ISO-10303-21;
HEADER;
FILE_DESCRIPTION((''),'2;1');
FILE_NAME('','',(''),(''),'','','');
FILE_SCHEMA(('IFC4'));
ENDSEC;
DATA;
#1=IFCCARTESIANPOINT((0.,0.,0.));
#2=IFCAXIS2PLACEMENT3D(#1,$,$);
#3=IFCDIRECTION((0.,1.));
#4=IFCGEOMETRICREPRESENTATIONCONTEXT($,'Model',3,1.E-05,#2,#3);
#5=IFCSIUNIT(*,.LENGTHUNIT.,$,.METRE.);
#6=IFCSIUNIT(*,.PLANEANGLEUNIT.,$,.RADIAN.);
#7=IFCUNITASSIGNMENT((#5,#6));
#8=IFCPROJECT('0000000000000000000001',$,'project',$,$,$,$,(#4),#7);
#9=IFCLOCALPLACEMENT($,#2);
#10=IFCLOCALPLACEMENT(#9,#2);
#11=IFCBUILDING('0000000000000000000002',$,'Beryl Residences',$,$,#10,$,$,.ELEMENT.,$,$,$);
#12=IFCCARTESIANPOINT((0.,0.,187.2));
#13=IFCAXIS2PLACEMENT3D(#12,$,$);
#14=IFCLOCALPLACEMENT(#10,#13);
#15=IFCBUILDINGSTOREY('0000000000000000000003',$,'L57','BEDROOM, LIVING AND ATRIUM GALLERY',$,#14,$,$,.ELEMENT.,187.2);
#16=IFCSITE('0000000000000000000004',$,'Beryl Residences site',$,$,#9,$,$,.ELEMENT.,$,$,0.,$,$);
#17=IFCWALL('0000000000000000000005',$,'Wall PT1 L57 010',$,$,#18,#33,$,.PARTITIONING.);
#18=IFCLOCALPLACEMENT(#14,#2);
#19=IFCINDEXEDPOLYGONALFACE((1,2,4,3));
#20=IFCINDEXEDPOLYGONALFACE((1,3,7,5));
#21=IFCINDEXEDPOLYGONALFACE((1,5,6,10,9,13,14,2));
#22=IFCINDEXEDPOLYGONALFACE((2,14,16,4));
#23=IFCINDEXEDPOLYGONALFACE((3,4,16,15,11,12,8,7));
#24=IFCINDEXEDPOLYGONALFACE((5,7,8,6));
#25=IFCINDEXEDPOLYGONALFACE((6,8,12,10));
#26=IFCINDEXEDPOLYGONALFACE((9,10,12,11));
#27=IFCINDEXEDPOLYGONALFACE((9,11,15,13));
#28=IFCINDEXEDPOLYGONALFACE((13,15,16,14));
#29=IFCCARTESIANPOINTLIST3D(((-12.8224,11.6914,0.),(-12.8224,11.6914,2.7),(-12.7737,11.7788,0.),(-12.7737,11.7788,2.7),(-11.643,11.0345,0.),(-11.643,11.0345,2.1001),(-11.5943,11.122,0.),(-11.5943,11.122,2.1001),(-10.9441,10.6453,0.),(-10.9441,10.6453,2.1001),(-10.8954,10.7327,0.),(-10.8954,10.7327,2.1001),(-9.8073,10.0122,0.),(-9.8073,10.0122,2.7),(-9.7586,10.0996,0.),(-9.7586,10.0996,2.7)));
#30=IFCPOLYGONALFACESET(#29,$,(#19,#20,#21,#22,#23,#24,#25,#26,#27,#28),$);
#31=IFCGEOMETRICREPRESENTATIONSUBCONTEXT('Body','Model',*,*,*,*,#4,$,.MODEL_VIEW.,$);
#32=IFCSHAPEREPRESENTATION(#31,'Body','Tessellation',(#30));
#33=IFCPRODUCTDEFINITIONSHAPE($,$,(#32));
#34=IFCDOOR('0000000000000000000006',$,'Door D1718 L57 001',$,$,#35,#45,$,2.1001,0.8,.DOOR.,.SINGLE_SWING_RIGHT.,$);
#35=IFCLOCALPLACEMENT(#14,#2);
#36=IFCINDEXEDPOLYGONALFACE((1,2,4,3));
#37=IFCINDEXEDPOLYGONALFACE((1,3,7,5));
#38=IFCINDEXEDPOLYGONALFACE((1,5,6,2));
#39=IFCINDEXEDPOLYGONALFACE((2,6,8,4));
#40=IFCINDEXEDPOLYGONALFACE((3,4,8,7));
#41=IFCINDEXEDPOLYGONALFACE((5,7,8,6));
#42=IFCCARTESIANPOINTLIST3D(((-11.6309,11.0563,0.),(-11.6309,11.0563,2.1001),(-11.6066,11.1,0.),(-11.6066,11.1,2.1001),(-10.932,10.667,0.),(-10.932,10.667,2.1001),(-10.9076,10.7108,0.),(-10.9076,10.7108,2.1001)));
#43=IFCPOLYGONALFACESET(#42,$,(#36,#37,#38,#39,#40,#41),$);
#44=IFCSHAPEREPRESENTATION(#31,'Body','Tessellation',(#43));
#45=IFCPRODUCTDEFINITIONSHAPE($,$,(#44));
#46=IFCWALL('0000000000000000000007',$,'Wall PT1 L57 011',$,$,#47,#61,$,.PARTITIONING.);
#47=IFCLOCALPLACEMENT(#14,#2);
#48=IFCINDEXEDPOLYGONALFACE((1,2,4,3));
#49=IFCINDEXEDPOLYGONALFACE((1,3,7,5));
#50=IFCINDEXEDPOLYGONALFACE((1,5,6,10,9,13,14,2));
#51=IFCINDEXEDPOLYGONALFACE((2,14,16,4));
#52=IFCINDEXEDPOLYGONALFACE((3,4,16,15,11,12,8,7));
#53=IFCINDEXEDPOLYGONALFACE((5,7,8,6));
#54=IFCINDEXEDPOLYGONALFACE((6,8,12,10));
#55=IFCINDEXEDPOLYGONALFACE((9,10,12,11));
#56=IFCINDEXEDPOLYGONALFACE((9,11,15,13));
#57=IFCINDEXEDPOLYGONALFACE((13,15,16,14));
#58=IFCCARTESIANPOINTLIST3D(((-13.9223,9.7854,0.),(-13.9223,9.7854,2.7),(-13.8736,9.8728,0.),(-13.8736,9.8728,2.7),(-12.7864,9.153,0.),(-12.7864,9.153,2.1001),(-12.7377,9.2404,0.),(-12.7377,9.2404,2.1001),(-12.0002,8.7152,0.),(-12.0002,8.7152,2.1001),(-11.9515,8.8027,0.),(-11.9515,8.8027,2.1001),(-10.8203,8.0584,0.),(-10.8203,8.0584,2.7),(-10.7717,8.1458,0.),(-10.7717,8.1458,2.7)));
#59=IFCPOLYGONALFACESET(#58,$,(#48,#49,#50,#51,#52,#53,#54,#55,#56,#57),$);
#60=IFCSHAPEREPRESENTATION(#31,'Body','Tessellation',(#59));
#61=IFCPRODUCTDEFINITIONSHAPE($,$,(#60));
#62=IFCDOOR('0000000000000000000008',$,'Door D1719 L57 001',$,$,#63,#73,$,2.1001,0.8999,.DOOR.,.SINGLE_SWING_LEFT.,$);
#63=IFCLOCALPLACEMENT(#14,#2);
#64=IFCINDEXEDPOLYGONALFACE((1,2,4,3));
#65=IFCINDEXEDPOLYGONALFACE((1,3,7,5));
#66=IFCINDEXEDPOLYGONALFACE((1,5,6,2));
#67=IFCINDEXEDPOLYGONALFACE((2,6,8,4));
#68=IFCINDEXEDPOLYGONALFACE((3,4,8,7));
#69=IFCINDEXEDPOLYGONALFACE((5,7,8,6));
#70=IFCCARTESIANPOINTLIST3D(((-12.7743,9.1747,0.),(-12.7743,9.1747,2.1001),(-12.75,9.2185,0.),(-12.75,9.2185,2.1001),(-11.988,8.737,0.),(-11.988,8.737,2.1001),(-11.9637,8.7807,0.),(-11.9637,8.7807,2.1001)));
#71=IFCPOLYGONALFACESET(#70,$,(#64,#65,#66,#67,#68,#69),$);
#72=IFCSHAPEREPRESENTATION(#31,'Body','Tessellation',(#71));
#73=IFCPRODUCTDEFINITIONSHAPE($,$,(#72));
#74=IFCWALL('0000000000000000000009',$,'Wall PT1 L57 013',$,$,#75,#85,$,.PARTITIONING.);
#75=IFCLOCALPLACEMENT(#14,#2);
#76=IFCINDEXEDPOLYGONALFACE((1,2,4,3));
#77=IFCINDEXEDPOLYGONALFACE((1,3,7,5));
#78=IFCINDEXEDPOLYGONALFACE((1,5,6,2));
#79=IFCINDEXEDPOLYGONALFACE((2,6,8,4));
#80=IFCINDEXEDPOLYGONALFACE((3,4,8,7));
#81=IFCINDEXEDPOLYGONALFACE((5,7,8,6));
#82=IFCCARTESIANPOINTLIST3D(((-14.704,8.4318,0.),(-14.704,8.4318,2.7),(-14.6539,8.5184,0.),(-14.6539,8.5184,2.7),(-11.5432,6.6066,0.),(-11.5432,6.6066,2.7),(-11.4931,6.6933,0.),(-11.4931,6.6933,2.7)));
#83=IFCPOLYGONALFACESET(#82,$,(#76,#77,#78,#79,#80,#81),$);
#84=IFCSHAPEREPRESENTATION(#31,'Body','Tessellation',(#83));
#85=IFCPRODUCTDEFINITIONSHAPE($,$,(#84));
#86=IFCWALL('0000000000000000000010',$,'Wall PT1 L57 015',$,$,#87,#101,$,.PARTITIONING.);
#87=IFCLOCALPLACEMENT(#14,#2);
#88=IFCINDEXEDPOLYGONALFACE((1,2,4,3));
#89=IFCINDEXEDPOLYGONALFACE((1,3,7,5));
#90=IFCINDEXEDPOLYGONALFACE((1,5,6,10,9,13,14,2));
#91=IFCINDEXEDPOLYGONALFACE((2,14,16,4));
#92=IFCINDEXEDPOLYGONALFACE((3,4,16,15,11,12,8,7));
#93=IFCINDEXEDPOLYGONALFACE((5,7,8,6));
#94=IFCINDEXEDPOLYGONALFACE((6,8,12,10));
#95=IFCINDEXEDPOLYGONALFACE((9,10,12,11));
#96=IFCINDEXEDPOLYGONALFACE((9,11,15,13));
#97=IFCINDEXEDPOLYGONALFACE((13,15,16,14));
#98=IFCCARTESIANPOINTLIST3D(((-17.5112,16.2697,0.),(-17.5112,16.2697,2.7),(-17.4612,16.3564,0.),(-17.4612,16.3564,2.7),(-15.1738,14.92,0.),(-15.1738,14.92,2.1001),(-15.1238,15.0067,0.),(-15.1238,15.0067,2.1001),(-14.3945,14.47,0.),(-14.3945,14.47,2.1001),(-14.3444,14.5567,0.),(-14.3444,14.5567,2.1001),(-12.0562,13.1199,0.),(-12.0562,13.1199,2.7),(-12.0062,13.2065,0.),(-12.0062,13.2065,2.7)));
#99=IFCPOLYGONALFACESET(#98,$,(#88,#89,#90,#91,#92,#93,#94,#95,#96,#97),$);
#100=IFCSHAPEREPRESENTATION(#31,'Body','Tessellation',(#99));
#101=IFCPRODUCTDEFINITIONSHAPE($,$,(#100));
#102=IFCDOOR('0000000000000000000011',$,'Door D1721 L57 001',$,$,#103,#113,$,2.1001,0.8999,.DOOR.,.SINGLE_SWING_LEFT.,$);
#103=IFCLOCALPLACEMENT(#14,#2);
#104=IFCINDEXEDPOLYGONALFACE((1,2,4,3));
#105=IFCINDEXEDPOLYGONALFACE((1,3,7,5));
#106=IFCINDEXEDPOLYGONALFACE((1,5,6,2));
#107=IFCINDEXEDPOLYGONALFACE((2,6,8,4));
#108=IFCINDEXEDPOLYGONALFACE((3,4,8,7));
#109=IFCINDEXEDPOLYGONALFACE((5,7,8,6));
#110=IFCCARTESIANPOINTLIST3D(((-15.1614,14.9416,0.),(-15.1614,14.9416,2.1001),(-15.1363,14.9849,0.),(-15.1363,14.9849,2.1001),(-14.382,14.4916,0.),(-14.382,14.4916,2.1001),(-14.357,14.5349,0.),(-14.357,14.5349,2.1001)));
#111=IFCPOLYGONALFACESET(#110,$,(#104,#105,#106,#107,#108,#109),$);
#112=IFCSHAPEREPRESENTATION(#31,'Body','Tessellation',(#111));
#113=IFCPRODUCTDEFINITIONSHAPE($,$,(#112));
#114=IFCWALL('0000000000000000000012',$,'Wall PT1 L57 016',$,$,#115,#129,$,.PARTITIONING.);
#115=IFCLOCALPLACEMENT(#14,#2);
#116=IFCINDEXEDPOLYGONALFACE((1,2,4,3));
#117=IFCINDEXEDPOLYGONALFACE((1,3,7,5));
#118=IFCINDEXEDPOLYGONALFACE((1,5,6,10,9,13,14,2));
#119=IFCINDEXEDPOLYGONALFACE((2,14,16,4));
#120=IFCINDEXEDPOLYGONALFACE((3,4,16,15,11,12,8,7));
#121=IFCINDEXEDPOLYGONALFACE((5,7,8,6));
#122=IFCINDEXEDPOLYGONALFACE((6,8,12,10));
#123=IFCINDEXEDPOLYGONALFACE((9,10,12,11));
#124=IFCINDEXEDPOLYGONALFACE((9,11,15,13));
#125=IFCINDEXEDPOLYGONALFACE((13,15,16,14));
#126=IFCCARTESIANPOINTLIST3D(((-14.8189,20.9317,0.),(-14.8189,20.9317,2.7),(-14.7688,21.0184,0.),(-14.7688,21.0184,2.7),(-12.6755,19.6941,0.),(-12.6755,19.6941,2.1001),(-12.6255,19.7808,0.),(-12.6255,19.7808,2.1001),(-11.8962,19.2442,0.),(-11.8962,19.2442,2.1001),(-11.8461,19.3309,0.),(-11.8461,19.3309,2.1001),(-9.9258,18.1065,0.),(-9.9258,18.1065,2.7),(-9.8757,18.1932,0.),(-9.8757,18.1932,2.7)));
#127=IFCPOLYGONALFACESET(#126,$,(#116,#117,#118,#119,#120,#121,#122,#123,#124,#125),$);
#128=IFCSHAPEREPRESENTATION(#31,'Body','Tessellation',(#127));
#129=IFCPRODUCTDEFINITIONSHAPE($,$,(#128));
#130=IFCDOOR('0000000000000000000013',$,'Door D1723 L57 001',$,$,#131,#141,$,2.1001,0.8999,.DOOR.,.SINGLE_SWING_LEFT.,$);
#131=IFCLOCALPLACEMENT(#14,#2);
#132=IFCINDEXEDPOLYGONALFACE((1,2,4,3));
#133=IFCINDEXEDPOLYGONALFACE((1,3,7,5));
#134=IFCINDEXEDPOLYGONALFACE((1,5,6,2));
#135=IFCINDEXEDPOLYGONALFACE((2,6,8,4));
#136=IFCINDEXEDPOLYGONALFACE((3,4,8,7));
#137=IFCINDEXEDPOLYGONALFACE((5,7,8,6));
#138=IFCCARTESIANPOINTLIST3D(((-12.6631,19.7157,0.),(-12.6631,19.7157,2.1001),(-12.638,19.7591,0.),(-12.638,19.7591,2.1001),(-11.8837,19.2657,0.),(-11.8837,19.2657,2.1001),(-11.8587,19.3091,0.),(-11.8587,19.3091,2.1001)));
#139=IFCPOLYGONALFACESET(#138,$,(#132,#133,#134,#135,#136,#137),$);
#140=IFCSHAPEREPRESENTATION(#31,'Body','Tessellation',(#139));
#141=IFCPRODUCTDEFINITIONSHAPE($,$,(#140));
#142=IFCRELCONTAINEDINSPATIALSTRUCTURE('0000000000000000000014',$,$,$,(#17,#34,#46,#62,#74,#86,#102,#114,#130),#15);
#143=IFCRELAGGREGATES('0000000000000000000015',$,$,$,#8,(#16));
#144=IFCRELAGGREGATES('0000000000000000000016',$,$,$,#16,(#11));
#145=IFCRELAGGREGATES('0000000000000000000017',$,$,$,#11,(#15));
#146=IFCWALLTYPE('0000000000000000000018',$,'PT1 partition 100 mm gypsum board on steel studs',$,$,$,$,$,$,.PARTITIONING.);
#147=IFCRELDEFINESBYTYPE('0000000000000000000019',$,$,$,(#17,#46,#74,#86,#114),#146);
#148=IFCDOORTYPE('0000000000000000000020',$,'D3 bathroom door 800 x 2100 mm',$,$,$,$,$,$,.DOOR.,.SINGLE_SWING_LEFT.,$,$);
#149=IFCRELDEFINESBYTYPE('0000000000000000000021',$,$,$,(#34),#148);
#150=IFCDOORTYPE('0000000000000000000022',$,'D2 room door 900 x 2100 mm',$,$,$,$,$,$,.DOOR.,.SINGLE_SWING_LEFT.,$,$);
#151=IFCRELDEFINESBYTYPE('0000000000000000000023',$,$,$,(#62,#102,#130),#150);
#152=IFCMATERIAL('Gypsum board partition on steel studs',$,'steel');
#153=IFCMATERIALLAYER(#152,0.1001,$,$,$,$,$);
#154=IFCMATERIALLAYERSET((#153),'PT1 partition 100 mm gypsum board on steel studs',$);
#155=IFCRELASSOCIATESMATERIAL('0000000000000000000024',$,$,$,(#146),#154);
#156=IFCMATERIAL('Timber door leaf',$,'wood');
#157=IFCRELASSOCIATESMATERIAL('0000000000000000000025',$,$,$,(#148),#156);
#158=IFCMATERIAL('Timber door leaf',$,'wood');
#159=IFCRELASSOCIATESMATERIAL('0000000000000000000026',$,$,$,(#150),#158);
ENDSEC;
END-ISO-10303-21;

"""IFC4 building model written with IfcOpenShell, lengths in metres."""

from ifc_helpers import new_model, si_unit, direction, frame, frame_2d, origin, place, context, subcontext, project, spatial, rectangle, extrude, material, layer, layer_set, type_object, element, fill, save


model = new_model("IFC4")

# Units and contexts
model_context = context("Model", 3, precision=1e-05, world=origin(), true_north=direction((0.0, 1.0)))
body_context = subcontext(model_context, "Body", "Model", "MODEL_VIEW")
ifc_project = project(units=[si_unit("LENGTHUNIT", "METRE"), si_unit("PLANEANGLEUNIT", "RADIAN")], contexts=[model_context])

# Site, building, storey
site_placement = place(None, origin())
site = spatial("IfcSite", under=ifc_project, at=site_placement, Name="Beryl Residences site", CompositionType="ELEMENT", RefElevation=0.0)
building_placement = place(site_placement, origin())
building = spatial("IfcBuilding", under=site, at=building_placement, Name="Beryl Residences", CompositionType="ELEMENT")
storey_placement = place(building_placement, frame((0.0, 0.0, 187.2)))
storey = spatial("IfcBuildingStorey", under=building, at=storey_placement, Name="L57", Description="BEDROOM, LIVING AND ATRIUM GALLERY", CompositionType="ELEMENT", Elevation=187.2)

# Walls, openings, doors
ifc_material_1 = material(Name="Gypsum board partition on steel studs", Category="steel")
ifc_layer_1 = layer(ifc_material_1, 0.1001)
ifc_layer_set_1 = layer_set([ifc_layer_1], Name="PT1 partition 100 mm gypsum board on steel studs")
wall_type_1 = type_object("IfcWallType", Name="PT1 partition 100 mm gypsum board on steel studs", PredefinedType="PARTITIONING", material=ifc_layer_set_1)
wall_1_placement = place(storey_placement, frame((-12.7981, 11.7351, 0.0), z_axis=(0.0, 0.0, 1.0), x_axis=(0.87365, -0.486556, 0.0)))
wall_1 = element("IfcWall", 1, at=wall_1_placement, inside=storey, type_object=wall_type_1, Name="Wall PT1 L57 010", PredefinedType="PARTITIONING", context=body_context, shape_type="SweptSolid", body=[
    extrude(rectangle(XDim=3.4512, YDim=0.1001, at=frame_2d((1.7256, 0.0))), origin(), (0.0, 0.0, 1.0), 2.7),
])
opening_1_placement = place(wall_1_placement, frame((1.3501, 0.0, 0.0)))
opening_1 = element("IfcOpeningElement", 2, at=opening_1_placement, cuts=wall_1, PredefinedType="OPENING", context=body_context, shape_type="SweptSolid", body=[
    extrude(rectangle(XDim=0.8, YDim=2.1001, at=frame_2d((0.3999, 1.05))), frame((0.0, 0.0601, 0.0), z_axis=(0.0, -1.0, 0.0), x_axis=(1.0, 0.0, 0.0)), (0.0, 0.0, 1.0), 0.1201),
])
ifc_material_2 = material(Name="Timber door leaf", Category="wood")
door_type_1 = type_object("IfcDoorType", Name="D3 bathroom door 800 x 2100 mm", OperationType="SINGLE_SWING_LEFT", PredefinedType="DOOR", material=ifc_material_2)
door_1_placement = place(opening_1_placement, origin())
door_1 = element("IfcDoor", 3, at=door_1_placement, inside=storey, type_object=door_type_1, Name="Door D1718 L57 001", OperationType="SINGLE_SWING_RIGHT", OverallHeight=2.1001, OverallWidth=0.8, PredefinedType="DOOR", context=body_context, shape_type="SweptSolid", body=[
    extrude(rectangle(XDim=0.8, YDim=2.1001, at=frame_2d((0.3999, 1.05))), frame((0.0, 0.0249, 0.0), z_axis=(0.0, -1.0, 0.0), x_axis=(1.0, 0.0, 0.0)), (0.0, 0.0, 1.0), 0.05),
])
fill(opening_1, door_1)
wall_2_placement = place(storey_placement, frame((-13.8979, 9.8291, 0.0), z_axis=(0.0, 0.0, 1.0), x_axis=(0.873716, -0.486437, 0.0)))
wall_2 = element("IfcWall", 4, at=wall_2_placement, inside=storey, type_object=wall_type_1, Name="Wall PT1 L57 011", PredefinedType="PARTITIONING", context=body_context, shape_type="SweptSolid", body=[
    extrude(rectangle(XDim=3.5503, YDim=0.1001, at=frame_2d((1.7751, 0.0))), origin(), (0.0, 0.0, 1.0), 2.7),
])
opening_2_placement = place(wall_2_placement, frame((1.3, 0.0, 0.0)))
opening_2 = element("IfcOpeningElement", 5, at=opening_2_placement, cuts=wall_2, PredefinedType="OPENING", context=body_context, shape_type="SweptSolid", body=[
    extrude(rectangle(XDim=0.8999, YDim=2.1001, at=frame_2d((0.45, 1.05))), frame((0.0, 0.0601, 0.0), z_axis=(0.0, -1.0, 0.0), x_axis=(1.0, 0.0, 0.0)), (0.0, 0.0, 1.0), 0.1201),
])
ifc_material_3 = material(Name="Timber door leaf", Category="wood")
door_type_2 = type_object("IfcDoorType", Name="D2 room door 900 x 2100 mm", OperationType="SINGLE_SWING_LEFT", PredefinedType="DOOR", material=ifc_material_3)
door_2_placement = place(opening_2_placement, origin())
door_2 = element("IfcDoor", 6, at=door_2_placement, inside=storey, type_object=door_type_2, Name="Door D1719 L57 001", OperationType="SINGLE_SWING_LEFT", OverallHeight=2.1001, OverallWidth=0.8999, PredefinedType="DOOR", context=body_context, shape_type="SweptSolid", body=[
    extrude(rectangle(XDim=0.8999, YDim=2.1001, at=frame_2d((0.45, 1.05))), frame((0.0, 0.0249, 0.0), z_axis=(0.0, -1.0, 0.0), x_axis=(1.0, 0.0, 0.0)), (0.0, 0.0, 1.0), 0.05),
])
fill(opening_2, door_2)

# Wall
wall_3_placement = place(storey_placement, frame((-14.679, 8.4751, 0.0), z_axis=(0.0, 0.0, 1.0), x_axis=(0.865995, -0.500052, 0.0)))
element("IfcWall", 7, at=wall_3_placement, inside=storey, type_object=wall_type_1, Name="Wall PT1 L57 013", PredefinedType="PARTITIONING", context=body_context, shape_type="SweptSolid", body=[
    extrude(rectangle(XDim=3.6499, YDim=0.1001, at=frame_2d((1.825, 0.0))), origin(), (0.0, 0.0, 1.0), 2.7),
])

# Walls, openings, doors
wall_4_placement = place(storey_placement, frame((-17.4861, 16.313, 0.0), z_axis=(0.0, 0.0, 1.0), x_axis=(0.865997, -0.500049, 0.0)))
wall_4 = element("IfcWall", 8, at=wall_4_placement, inside=storey, type_object=wall_type_1, Name="Wall PT1 L57 015", PredefinedType="PARTITIONING", context=body_context, shape_type="SweptSolid", body=[
    extrude(rectangle(XDim=6.2991, YDim=0.1001, at=frame_2d((3.1494, 0.0))), origin(), (0.0, 0.0, 1.0), 2.7),
])
opening_3_placement = place(wall_4_placement, frame((2.699, 0.0, 0.0)))
opening_3 = element("IfcOpeningElement", 9, at=opening_3_placement, cuts=wall_4, PredefinedType="OPENING", context=body_context, shape_type="SweptSolid", body=[
    extrude(rectangle(XDim=0.8999, YDim=2.1001, at=frame_2d((0.45, 1.05))), frame((0.0, 0.0601, 0.0), z_axis=(0.0, -1.0, 0.0), x_axis=(1.0, 0.0, 0.0)), (0.0, 0.0, 1.0), 0.1201),
])
door_3_placement = place(opening_3_placement, origin())
door_3 = element("IfcDoor", 10, at=door_3_placement, inside=storey, type_object=door_type_2, Name="Door D1721 L57 001", OperationType="SINGLE_SWING_LEFT", OverallHeight=2.1001, OverallWidth=0.8999, PredefinedType="DOOR", context=body_context, shape_type="SweptSolid", body=[
    extrude(rectangle(XDim=0.8999, YDim=2.1001, at=frame_2d((0.45, 1.05))), frame((0.0, 0.0249, 0.0), z_axis=(0.0, -1.0, 0.0), x_axis=(1.0, 0.0, 0.0)), (0.0, 0.0, 1.0), 0.05),
])
fill(opening_3, door_3)
wall_5_placement = place(storey_placement, frame((-14.7939, 20.9751, 0.0), z_axis=(0.0, 0.0, 1.0), x_axis=(0.866011, -0.500024, 0.0)))
wall_5 = element("IfcWall", 11, at=wall_5_placement, inside=storey, type_object=wall_type_1, Name="Wall PT1 L57 016", PredefinedType="PARTITIONING", context=body_context, shape_type="SweptSolid", body=[
    extrude(rectangle(XDim=5.6501, YDim=0.1001, at=frame_2d((2.8252, 0.0))), origin(), (0.0, 0.0, 1.0), 2.7),
])
opening_4_placement = place(wall_5_placement, frame((2.4751, 0.0, 0.0)))
opening_4 = element("IfcOpeningElement", 12, at=opening_4_placement, cuts=wall_5, PredefinedType="OPENING", context=body_context, shape_type="SweptSolid", body=[
    extrude(rectangle(XDim=0.8999, YDim=2.1001, at=frame_2d((0.45, 1.05))), frame((0.0, 0.0601, 0.0), z_axis=(0.0, -1.0, 0.0), x_axis=(1.0, 0.0, 0.0)), (0.0, 0.0, 1.0), 0.1201),
])
door_4_placement = place(opening_4_placement, origin())
door_4 = element("IfcDoor", 13, at=door_4_placement, inside=storey, type_object=door_type_2, Name="Door D1723 L57 001", OperationType="SINGLE_SWING_LEFT", OverallHeight=2.1001, OverallWidth=0.8999, PredefinedType="DOOR", context=body_context, shape_type="SweptSolid", body=[
    extrude(rectangle(XDim=0.8999, YDim=2.1001, at=frame_2d((0.45, 1.05))), frame((0.0, 0.0249, 0.0), z_axis=(0.0, -1.0, 0.0), x_axis=(1.0, 0.0, 0.0)), (0.0, 0.0, 1.0), 0.05),
])
fill(opening_4, door_4)

save(model, "model.ifc")
